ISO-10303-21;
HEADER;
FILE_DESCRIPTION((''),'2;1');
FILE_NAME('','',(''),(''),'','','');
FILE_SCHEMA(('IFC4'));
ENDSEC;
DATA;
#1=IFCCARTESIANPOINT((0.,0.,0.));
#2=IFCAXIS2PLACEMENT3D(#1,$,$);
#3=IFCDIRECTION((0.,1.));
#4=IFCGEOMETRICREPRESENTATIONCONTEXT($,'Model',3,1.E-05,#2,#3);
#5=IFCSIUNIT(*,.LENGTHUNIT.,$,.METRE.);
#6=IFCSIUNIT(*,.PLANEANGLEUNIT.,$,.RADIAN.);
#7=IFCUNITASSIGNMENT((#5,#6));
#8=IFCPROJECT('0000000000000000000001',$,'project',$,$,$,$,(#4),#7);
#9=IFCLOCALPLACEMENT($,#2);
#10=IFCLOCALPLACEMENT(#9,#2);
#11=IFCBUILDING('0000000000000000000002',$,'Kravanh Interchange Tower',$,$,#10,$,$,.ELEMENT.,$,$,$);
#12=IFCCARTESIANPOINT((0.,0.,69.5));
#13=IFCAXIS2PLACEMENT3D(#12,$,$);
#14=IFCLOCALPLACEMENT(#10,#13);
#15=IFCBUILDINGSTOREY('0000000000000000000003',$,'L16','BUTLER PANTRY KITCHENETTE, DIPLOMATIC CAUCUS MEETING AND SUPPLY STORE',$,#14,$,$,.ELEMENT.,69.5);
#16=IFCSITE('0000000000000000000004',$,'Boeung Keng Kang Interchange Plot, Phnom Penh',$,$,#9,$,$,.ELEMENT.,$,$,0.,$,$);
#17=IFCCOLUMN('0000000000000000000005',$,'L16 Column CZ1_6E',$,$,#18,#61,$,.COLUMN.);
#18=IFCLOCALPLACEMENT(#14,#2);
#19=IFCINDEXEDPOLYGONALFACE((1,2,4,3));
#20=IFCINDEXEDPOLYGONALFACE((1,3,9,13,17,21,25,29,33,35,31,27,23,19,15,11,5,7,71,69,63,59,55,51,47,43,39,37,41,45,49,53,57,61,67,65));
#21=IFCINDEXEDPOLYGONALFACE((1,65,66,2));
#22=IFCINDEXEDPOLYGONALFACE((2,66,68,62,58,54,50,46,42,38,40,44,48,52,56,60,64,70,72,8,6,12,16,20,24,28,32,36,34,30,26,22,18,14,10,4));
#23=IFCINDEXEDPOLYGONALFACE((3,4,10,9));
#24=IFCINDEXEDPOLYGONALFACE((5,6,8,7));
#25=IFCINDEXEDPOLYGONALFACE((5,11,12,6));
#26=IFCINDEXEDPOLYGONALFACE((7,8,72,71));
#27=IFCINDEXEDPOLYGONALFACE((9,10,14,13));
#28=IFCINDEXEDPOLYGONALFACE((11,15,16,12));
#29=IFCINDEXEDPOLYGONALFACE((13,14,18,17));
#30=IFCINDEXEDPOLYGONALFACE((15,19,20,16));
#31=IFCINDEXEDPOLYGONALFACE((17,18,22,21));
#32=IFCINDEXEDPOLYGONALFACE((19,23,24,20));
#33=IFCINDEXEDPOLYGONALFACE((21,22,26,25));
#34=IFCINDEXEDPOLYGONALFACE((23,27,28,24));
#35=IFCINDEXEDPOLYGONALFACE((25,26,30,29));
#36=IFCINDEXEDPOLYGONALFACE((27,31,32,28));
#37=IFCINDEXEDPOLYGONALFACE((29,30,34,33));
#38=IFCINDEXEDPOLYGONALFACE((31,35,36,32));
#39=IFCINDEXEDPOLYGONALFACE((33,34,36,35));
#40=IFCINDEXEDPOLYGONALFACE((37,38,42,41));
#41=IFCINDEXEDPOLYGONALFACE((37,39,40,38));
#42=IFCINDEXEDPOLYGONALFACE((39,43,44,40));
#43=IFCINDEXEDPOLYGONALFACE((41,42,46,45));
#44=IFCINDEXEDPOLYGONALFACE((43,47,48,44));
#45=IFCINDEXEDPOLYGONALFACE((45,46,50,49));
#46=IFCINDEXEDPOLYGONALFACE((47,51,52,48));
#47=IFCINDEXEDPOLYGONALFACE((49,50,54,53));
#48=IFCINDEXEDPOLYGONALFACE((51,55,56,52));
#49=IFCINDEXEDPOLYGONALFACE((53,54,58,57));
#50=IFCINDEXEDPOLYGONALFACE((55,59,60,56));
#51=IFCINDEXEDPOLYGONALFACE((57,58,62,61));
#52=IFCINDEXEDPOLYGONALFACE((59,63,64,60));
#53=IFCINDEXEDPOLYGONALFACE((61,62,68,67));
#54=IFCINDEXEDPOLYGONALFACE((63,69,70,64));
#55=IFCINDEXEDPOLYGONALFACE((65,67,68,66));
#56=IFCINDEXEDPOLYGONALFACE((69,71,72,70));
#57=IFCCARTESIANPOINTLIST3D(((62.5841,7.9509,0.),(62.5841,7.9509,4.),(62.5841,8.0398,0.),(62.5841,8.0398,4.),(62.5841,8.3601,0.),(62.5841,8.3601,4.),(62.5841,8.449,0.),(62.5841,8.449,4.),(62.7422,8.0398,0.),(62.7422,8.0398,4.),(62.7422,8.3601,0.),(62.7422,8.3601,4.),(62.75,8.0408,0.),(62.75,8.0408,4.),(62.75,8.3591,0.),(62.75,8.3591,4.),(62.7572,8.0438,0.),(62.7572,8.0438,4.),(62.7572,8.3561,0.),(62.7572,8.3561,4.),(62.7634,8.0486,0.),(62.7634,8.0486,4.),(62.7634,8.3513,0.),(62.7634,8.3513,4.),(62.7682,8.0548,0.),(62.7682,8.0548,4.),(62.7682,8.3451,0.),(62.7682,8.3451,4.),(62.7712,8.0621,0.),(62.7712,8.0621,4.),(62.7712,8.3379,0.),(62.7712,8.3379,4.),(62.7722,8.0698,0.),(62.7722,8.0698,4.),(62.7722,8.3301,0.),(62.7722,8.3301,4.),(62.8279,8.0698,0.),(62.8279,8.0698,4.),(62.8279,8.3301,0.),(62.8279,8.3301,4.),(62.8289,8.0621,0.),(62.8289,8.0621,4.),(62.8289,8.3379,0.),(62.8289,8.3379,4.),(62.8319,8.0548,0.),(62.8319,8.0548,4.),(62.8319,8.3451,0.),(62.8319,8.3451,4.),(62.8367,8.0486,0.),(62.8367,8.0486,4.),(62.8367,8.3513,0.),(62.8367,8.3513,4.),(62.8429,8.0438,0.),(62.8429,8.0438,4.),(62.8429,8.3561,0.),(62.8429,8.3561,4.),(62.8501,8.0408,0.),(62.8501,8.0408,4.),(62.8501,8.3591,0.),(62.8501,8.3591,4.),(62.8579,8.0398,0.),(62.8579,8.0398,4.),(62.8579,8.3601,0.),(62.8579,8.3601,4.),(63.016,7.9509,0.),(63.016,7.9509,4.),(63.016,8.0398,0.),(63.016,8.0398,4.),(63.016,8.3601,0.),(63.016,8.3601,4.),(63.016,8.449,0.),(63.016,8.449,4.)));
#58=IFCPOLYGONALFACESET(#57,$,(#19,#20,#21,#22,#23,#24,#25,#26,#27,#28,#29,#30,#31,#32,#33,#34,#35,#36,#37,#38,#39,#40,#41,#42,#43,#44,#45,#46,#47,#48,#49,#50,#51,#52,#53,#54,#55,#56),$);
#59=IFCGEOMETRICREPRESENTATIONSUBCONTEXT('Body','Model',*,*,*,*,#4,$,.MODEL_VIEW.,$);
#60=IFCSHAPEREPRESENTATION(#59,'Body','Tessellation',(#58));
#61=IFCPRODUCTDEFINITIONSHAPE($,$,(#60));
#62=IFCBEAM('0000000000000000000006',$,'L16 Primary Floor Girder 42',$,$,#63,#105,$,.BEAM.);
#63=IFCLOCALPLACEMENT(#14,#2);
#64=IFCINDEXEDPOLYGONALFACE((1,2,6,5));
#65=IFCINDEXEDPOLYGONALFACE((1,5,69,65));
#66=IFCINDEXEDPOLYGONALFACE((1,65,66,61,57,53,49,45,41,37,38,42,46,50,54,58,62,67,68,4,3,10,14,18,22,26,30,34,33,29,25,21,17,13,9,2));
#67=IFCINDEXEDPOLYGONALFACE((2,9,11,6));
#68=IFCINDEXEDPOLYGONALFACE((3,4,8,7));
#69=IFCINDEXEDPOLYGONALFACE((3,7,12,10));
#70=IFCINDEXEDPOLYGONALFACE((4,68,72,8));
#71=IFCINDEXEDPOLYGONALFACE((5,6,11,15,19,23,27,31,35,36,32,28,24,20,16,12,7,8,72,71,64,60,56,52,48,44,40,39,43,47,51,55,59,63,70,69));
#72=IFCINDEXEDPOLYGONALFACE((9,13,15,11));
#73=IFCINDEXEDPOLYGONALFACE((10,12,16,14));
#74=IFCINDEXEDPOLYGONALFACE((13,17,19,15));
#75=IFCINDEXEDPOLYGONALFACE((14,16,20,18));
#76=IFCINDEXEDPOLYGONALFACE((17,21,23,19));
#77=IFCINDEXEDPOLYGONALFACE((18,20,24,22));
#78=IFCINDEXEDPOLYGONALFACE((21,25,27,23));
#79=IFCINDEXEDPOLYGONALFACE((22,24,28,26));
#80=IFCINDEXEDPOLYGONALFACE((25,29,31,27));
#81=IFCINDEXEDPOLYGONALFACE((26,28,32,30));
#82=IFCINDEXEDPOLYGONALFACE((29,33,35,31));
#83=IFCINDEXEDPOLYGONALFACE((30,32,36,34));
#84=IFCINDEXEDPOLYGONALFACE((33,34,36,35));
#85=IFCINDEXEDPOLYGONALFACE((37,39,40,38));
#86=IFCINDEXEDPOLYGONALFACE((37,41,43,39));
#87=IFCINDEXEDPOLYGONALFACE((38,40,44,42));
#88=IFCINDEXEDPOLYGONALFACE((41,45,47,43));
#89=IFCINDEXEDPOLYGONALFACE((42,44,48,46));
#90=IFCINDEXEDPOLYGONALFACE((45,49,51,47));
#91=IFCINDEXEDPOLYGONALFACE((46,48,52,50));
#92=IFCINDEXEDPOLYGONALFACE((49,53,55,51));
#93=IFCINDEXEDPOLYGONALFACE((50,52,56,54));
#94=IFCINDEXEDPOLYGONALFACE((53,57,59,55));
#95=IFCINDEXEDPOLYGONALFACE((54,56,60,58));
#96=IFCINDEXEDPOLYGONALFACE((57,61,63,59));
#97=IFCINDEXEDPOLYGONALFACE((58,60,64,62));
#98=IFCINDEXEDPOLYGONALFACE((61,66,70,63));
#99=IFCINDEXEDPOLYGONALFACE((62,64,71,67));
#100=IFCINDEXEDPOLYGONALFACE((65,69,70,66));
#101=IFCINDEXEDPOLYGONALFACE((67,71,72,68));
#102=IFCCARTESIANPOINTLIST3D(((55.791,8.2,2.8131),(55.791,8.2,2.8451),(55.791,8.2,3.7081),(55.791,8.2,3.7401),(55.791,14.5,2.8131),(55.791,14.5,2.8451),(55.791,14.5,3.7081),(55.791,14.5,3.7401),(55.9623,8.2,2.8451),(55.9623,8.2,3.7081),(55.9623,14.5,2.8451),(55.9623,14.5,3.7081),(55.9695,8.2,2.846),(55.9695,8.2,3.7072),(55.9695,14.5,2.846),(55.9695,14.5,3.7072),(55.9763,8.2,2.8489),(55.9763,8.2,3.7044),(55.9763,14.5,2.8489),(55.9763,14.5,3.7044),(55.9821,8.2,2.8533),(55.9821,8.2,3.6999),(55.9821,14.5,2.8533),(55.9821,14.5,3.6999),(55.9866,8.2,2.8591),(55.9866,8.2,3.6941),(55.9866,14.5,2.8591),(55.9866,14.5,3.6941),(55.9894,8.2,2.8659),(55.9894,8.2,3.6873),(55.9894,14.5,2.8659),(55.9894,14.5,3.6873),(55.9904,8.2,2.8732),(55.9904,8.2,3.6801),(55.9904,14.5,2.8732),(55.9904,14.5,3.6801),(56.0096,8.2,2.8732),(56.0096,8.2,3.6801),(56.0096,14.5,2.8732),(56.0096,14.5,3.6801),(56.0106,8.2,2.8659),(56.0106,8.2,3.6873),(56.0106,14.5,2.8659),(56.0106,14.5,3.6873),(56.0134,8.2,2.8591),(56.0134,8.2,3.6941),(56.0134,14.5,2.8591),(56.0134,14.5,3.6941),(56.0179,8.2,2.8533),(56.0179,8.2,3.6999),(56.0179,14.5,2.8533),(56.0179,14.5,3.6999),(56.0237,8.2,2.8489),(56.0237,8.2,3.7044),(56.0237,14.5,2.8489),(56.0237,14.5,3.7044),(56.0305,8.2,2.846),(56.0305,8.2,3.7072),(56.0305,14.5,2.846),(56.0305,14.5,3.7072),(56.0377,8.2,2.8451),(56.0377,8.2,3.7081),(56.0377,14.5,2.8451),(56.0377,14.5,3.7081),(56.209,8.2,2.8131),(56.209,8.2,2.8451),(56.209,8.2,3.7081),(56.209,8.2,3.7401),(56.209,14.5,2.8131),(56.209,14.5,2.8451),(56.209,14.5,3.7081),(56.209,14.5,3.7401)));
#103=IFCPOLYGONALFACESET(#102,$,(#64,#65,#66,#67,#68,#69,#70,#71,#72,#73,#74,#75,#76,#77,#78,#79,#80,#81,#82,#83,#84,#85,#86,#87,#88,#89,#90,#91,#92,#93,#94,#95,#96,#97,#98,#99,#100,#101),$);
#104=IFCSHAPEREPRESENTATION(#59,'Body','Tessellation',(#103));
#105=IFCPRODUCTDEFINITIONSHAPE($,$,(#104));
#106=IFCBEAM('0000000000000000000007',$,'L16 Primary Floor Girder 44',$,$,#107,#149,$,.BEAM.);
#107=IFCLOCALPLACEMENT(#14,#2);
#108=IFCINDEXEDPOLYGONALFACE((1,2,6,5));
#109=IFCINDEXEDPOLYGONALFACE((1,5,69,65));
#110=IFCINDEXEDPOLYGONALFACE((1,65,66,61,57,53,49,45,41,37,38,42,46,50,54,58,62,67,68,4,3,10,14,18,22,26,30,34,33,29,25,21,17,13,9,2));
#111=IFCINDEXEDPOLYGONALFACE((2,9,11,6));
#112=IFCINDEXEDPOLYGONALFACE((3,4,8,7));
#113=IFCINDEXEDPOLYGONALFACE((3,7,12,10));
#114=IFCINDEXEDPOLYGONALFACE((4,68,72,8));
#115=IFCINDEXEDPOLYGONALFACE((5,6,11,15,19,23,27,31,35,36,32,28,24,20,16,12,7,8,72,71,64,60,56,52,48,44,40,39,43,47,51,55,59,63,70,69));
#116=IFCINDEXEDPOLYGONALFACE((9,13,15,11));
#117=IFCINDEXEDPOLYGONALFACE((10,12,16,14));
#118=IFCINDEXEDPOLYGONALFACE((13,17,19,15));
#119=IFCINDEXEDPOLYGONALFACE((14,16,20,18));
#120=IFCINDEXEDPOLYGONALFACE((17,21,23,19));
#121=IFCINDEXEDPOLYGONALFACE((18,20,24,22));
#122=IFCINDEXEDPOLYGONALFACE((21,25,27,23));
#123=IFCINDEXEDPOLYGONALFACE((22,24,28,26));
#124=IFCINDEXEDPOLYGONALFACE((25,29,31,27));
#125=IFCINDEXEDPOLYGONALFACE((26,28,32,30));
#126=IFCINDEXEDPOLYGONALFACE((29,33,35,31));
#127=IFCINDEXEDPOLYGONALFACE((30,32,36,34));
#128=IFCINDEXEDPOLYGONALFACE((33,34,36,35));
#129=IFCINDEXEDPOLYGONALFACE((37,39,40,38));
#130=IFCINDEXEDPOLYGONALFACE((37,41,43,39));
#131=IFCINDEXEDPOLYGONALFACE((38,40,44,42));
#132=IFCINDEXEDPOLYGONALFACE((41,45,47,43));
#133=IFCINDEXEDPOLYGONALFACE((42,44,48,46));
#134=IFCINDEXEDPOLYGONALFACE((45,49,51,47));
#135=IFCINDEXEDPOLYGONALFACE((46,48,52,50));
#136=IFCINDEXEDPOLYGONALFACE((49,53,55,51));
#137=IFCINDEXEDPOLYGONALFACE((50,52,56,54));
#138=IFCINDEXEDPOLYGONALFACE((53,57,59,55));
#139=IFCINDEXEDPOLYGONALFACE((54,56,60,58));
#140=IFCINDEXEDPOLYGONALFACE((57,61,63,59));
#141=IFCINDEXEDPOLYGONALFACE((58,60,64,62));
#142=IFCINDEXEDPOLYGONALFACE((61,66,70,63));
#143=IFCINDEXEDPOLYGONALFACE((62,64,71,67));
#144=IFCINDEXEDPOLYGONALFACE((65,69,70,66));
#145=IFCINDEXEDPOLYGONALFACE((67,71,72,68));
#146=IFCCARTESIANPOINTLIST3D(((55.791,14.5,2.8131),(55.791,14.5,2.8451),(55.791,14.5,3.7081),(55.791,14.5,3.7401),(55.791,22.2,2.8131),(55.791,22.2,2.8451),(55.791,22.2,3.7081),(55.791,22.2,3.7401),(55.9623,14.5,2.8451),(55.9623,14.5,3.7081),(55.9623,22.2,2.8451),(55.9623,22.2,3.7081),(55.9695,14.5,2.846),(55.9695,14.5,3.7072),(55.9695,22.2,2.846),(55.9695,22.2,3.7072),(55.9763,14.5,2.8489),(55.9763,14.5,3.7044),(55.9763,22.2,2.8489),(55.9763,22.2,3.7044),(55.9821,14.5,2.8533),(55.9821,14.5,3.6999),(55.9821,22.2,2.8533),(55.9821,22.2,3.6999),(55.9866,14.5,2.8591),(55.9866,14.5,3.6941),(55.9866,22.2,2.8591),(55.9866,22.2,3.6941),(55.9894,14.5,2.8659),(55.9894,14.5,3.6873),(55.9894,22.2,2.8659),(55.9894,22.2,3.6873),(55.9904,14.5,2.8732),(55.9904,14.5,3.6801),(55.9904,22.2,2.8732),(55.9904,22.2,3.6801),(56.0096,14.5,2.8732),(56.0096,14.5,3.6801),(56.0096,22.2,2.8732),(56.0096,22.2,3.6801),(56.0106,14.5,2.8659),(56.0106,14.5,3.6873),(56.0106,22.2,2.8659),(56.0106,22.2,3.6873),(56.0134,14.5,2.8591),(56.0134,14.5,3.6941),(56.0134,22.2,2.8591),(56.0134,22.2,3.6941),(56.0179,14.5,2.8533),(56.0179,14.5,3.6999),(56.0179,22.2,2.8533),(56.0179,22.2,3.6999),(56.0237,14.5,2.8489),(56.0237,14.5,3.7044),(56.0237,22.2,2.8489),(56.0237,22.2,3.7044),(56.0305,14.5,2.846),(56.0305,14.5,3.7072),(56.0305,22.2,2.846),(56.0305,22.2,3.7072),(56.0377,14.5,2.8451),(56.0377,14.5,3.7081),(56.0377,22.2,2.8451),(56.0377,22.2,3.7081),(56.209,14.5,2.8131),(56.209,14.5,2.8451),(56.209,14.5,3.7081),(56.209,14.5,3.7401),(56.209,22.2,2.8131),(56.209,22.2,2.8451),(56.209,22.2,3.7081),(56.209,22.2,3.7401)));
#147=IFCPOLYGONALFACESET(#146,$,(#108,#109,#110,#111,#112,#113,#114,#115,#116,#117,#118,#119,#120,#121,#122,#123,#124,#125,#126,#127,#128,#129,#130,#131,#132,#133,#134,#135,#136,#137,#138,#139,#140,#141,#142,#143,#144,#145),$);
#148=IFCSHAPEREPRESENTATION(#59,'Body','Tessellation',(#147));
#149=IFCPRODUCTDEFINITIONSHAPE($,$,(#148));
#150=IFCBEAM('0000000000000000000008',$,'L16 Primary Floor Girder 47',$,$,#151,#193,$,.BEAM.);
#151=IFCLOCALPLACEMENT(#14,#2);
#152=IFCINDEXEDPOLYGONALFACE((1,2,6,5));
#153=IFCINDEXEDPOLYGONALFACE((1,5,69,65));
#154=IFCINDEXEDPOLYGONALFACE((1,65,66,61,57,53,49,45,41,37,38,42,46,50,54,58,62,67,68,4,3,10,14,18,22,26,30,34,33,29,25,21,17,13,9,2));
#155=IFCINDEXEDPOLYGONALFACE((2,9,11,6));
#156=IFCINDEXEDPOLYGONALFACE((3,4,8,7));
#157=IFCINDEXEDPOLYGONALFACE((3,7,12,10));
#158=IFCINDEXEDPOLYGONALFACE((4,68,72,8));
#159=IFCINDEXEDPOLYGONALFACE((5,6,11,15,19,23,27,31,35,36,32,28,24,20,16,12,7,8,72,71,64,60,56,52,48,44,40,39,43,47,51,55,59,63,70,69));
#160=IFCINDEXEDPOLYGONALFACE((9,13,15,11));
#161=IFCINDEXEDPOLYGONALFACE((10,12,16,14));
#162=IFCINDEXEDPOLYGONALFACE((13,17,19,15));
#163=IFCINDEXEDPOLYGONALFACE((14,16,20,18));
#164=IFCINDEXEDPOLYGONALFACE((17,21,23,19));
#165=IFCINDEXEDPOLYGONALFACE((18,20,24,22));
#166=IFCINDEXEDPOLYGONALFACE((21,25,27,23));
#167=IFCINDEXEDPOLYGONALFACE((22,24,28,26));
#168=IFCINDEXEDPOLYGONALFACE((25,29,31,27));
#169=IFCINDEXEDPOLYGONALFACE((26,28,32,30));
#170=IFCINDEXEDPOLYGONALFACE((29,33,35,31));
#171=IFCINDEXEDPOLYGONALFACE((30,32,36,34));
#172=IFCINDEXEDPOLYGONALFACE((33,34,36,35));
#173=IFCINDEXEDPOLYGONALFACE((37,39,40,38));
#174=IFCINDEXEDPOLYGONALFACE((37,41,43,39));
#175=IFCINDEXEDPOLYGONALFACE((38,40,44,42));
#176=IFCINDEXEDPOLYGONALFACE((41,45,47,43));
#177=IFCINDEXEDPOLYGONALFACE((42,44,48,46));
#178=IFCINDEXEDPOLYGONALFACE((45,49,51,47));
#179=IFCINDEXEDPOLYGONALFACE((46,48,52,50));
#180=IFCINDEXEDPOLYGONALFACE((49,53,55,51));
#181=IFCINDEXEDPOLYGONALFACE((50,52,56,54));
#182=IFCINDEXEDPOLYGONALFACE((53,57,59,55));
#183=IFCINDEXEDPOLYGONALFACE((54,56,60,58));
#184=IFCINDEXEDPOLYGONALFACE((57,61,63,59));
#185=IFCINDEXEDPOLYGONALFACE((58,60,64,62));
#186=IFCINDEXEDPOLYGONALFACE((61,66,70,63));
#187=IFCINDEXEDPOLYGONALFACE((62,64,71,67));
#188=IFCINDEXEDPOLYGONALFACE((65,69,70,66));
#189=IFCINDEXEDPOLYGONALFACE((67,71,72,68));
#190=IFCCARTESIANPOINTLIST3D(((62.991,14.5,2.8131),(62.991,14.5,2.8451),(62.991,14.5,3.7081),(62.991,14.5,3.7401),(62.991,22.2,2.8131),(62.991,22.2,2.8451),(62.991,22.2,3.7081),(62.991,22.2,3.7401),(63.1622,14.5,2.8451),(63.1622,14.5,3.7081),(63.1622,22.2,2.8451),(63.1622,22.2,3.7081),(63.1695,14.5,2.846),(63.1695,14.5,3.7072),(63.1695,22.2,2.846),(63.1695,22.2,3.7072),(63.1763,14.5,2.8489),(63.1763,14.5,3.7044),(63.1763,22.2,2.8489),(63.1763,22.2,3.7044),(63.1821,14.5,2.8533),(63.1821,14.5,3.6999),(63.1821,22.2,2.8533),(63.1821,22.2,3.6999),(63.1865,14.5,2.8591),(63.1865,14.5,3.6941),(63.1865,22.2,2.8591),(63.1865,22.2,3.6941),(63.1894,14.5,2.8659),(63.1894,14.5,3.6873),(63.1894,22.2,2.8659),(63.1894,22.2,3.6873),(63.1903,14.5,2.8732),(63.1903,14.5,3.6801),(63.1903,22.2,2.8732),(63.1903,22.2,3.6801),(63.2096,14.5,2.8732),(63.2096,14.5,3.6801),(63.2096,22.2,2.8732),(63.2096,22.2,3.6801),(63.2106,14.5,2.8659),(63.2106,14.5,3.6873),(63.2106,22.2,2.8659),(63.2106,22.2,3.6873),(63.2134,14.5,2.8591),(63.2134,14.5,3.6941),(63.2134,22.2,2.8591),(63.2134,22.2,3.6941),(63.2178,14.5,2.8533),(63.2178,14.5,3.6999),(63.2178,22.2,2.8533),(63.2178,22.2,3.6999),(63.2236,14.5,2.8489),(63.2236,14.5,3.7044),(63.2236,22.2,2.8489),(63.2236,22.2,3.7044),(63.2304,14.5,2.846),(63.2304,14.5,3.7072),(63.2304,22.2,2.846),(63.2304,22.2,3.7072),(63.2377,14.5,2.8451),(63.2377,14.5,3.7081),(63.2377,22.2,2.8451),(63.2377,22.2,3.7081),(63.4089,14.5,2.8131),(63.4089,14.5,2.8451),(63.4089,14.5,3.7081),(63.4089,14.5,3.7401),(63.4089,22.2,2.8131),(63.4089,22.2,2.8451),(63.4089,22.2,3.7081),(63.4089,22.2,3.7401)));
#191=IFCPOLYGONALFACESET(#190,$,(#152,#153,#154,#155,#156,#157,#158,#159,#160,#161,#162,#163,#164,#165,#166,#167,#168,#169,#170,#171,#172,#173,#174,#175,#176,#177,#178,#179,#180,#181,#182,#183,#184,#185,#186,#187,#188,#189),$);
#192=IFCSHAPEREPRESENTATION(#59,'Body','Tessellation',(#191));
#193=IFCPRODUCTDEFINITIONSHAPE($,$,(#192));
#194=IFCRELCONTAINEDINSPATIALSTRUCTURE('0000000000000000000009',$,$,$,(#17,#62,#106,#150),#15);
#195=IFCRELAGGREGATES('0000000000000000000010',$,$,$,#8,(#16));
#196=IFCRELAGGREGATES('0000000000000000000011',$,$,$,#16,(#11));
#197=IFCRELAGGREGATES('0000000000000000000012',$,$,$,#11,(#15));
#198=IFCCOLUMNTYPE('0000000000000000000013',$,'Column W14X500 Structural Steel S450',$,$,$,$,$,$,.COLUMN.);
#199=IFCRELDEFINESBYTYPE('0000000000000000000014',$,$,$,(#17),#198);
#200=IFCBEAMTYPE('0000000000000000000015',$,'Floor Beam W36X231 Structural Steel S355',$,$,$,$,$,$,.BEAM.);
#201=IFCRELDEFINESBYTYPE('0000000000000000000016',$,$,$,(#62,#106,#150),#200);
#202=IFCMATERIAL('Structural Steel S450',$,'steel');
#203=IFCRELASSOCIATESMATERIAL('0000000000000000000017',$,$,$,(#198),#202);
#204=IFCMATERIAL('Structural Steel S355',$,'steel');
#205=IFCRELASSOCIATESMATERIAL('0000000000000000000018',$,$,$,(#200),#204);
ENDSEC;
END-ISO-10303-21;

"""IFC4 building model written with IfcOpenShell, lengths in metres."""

from ifc_helpers import new_model, si_unit, direction, frame, origin, origin_2d, place, context, subcontext, project, spatial, i_section, extrude, material, material_profile, profile_set, type_object, element, save


model = new_model("IFC4")

# Units and contexts
model_context = context("Model", 3, precision=1e-05, world=origin(), true_north=direction((0.0, 1.0)))
body_context = subcontext(model_context, "Body", "Model", "MODEL_VIEW")
ifc_project = project(units=[si_unit("LENGTHUNIT", "METRE"), si_unit("PLANEANGLEUNIT", "RADIAN")], contexts=[model_context])

# Site, building, storey
site_placement = place(None, origin())
site = spatial("IfcSite", under=ifc_project, at=site_placement, Name="Boeung Keng Kang Interchange Plot, Phnom Penh", CompositionType="ELEMENT", RefElevation=0.0)
building_placement = place(site_placement, origin())
building = spatial("IfcBuilding", under=site, at=building_placement, Name="Kravanh Interchange Tower", CompositionType="ELEMENT")
storey_placement = place(building_placement, frame((0.0, 0.0, 69.5)))
storey = spatial("IfcBuildingStorey", under=building, at=storey_placement, Name="L16", Description="BUTLER PANTRY KITCHENETTE, DIPLOMATIC CAUCUS MEETING AND SUPPLY STORE", CompositionType="ELEMENT", Elevation=69.5)

# Column
ifc_material_1 = material(Name="Structural Steel S450", Category="steel")
ifc_material_profile_1 = material_profile(ifc_material_1, i_section(OverallWidth=0.4319, OverallDepth=0.498, WebThickness=0.0557, FlangeThickness=0.0889, FilletRadius=0.03, at=origin_2d()), Name="W14X500")
ifc_profile_set_1 = profile_set([ifc_material_profile_1], Name="Structural Steel S450")
column_type = type_object("IfcColumnType", Name="Column W14X500 Structural Steel S450", PredefinedType="COLUMN", material=ifc_profile_set_1)
for number, where, z_axis, x_axis, name in (
    (1, (62.8, 8.2, 0.0), (0.0, 0.0, 1.0), (1.0, 0.0, 0.0), "L16 Column CZ1_6E"),
):
    element("IfcColumn", number, at=place(storey_placement, frame(where, z_axis=z_axis, x_axis=x_axis)), inside=storey, type_object=column_type, Name=name, PredefinedType="COLUMN", context=body_context, shape_type="SweptSolid", body=[
        extrude(i_section(OverallWidth=0.4319, OverallDepth=0.498, WebThickness=0.0557, FlangeThickness=0.0889, FilletRadius=0.03, at=origin_2d()), origin(), (0.0, 0.0, 1.0), 4.0),
    ])

# Beams
ifc_material_2 = material(Name="Structural Steel S355", Category="steel")
ifc_material_profile_2 = material_profile(ifc_material_2, i_section(OverallWidth=0.418, OverallDepth=0.927, WebThickness=0.0193, FlangeThickness=0.032, FilletRadius=0.0281, at=origin_2d()), Name="W36X231")
ifc_profile_set_2 = profile_set([ifc_material_profile_2], Name="Structural Steel S355")
beam_type_1 = type_object("IfcBeamType", Name="Floor Beam W36X231 Structural Steel S355", PredefinedType="BEAM", material=ifc_profile_set_2)
beam_1_placement = place(storey_placement, frame((56.0, 14.5, 3.2766), z_axis=(0.0, -1.0, 0.0), x_axis=(1.0, 0.0, 0.0)))
element("IfcBeam", 2, at=beam_1_placement, inside=storey, type_object=beam_type_1, Name="L16 Primary Floor Girder 42", PredefinedType="BEAM", context=body_context, shape_type="SweptSolid", body=[
    extrude(i_section(OverallWidth=0.418, OverallDepth=0.927, WebThickness=0.0193, FlangeThickness=0.032, FilletRadius=0.0281, at=origin_2d()), origin(), (0.0, 0.0, 1.0), 6.3),
])
for number, where, z_axis, x_axis, name in (
    (3, (56.0, 14.5, 3.2766), (0.0, 1.0, 0.0), (-1.0, 0.0, 0.0), "L16 Primary Floor Girder 44"),
    (4, (63.2, 14.5, 3.2766), (0.0, 1.0, 0.0), (-1.0, 0.0, 0.0), "L16 Primary Floor Girder 47"),
):
    element("IfcBeam", number, at=place(storey_placement, frame(where, z_axis=z_axis, x_axis=x_axis)), inside=storey, type_object=beam_type_1, Name=name, PredefinedType="BEAM", context=body_context, shape_type="SweptSolid", body=[
        extrude(i_section(OverallWidth=0.418, OverallDepth=0.927, WebThickness=0.0193, FlangeThickness=0.032, FilletRadius=0.0281, at=origin_2d()), origin(), (0.0, 0.0, 1.0), 7.7),
    ])

save(model, "model.ifc")
